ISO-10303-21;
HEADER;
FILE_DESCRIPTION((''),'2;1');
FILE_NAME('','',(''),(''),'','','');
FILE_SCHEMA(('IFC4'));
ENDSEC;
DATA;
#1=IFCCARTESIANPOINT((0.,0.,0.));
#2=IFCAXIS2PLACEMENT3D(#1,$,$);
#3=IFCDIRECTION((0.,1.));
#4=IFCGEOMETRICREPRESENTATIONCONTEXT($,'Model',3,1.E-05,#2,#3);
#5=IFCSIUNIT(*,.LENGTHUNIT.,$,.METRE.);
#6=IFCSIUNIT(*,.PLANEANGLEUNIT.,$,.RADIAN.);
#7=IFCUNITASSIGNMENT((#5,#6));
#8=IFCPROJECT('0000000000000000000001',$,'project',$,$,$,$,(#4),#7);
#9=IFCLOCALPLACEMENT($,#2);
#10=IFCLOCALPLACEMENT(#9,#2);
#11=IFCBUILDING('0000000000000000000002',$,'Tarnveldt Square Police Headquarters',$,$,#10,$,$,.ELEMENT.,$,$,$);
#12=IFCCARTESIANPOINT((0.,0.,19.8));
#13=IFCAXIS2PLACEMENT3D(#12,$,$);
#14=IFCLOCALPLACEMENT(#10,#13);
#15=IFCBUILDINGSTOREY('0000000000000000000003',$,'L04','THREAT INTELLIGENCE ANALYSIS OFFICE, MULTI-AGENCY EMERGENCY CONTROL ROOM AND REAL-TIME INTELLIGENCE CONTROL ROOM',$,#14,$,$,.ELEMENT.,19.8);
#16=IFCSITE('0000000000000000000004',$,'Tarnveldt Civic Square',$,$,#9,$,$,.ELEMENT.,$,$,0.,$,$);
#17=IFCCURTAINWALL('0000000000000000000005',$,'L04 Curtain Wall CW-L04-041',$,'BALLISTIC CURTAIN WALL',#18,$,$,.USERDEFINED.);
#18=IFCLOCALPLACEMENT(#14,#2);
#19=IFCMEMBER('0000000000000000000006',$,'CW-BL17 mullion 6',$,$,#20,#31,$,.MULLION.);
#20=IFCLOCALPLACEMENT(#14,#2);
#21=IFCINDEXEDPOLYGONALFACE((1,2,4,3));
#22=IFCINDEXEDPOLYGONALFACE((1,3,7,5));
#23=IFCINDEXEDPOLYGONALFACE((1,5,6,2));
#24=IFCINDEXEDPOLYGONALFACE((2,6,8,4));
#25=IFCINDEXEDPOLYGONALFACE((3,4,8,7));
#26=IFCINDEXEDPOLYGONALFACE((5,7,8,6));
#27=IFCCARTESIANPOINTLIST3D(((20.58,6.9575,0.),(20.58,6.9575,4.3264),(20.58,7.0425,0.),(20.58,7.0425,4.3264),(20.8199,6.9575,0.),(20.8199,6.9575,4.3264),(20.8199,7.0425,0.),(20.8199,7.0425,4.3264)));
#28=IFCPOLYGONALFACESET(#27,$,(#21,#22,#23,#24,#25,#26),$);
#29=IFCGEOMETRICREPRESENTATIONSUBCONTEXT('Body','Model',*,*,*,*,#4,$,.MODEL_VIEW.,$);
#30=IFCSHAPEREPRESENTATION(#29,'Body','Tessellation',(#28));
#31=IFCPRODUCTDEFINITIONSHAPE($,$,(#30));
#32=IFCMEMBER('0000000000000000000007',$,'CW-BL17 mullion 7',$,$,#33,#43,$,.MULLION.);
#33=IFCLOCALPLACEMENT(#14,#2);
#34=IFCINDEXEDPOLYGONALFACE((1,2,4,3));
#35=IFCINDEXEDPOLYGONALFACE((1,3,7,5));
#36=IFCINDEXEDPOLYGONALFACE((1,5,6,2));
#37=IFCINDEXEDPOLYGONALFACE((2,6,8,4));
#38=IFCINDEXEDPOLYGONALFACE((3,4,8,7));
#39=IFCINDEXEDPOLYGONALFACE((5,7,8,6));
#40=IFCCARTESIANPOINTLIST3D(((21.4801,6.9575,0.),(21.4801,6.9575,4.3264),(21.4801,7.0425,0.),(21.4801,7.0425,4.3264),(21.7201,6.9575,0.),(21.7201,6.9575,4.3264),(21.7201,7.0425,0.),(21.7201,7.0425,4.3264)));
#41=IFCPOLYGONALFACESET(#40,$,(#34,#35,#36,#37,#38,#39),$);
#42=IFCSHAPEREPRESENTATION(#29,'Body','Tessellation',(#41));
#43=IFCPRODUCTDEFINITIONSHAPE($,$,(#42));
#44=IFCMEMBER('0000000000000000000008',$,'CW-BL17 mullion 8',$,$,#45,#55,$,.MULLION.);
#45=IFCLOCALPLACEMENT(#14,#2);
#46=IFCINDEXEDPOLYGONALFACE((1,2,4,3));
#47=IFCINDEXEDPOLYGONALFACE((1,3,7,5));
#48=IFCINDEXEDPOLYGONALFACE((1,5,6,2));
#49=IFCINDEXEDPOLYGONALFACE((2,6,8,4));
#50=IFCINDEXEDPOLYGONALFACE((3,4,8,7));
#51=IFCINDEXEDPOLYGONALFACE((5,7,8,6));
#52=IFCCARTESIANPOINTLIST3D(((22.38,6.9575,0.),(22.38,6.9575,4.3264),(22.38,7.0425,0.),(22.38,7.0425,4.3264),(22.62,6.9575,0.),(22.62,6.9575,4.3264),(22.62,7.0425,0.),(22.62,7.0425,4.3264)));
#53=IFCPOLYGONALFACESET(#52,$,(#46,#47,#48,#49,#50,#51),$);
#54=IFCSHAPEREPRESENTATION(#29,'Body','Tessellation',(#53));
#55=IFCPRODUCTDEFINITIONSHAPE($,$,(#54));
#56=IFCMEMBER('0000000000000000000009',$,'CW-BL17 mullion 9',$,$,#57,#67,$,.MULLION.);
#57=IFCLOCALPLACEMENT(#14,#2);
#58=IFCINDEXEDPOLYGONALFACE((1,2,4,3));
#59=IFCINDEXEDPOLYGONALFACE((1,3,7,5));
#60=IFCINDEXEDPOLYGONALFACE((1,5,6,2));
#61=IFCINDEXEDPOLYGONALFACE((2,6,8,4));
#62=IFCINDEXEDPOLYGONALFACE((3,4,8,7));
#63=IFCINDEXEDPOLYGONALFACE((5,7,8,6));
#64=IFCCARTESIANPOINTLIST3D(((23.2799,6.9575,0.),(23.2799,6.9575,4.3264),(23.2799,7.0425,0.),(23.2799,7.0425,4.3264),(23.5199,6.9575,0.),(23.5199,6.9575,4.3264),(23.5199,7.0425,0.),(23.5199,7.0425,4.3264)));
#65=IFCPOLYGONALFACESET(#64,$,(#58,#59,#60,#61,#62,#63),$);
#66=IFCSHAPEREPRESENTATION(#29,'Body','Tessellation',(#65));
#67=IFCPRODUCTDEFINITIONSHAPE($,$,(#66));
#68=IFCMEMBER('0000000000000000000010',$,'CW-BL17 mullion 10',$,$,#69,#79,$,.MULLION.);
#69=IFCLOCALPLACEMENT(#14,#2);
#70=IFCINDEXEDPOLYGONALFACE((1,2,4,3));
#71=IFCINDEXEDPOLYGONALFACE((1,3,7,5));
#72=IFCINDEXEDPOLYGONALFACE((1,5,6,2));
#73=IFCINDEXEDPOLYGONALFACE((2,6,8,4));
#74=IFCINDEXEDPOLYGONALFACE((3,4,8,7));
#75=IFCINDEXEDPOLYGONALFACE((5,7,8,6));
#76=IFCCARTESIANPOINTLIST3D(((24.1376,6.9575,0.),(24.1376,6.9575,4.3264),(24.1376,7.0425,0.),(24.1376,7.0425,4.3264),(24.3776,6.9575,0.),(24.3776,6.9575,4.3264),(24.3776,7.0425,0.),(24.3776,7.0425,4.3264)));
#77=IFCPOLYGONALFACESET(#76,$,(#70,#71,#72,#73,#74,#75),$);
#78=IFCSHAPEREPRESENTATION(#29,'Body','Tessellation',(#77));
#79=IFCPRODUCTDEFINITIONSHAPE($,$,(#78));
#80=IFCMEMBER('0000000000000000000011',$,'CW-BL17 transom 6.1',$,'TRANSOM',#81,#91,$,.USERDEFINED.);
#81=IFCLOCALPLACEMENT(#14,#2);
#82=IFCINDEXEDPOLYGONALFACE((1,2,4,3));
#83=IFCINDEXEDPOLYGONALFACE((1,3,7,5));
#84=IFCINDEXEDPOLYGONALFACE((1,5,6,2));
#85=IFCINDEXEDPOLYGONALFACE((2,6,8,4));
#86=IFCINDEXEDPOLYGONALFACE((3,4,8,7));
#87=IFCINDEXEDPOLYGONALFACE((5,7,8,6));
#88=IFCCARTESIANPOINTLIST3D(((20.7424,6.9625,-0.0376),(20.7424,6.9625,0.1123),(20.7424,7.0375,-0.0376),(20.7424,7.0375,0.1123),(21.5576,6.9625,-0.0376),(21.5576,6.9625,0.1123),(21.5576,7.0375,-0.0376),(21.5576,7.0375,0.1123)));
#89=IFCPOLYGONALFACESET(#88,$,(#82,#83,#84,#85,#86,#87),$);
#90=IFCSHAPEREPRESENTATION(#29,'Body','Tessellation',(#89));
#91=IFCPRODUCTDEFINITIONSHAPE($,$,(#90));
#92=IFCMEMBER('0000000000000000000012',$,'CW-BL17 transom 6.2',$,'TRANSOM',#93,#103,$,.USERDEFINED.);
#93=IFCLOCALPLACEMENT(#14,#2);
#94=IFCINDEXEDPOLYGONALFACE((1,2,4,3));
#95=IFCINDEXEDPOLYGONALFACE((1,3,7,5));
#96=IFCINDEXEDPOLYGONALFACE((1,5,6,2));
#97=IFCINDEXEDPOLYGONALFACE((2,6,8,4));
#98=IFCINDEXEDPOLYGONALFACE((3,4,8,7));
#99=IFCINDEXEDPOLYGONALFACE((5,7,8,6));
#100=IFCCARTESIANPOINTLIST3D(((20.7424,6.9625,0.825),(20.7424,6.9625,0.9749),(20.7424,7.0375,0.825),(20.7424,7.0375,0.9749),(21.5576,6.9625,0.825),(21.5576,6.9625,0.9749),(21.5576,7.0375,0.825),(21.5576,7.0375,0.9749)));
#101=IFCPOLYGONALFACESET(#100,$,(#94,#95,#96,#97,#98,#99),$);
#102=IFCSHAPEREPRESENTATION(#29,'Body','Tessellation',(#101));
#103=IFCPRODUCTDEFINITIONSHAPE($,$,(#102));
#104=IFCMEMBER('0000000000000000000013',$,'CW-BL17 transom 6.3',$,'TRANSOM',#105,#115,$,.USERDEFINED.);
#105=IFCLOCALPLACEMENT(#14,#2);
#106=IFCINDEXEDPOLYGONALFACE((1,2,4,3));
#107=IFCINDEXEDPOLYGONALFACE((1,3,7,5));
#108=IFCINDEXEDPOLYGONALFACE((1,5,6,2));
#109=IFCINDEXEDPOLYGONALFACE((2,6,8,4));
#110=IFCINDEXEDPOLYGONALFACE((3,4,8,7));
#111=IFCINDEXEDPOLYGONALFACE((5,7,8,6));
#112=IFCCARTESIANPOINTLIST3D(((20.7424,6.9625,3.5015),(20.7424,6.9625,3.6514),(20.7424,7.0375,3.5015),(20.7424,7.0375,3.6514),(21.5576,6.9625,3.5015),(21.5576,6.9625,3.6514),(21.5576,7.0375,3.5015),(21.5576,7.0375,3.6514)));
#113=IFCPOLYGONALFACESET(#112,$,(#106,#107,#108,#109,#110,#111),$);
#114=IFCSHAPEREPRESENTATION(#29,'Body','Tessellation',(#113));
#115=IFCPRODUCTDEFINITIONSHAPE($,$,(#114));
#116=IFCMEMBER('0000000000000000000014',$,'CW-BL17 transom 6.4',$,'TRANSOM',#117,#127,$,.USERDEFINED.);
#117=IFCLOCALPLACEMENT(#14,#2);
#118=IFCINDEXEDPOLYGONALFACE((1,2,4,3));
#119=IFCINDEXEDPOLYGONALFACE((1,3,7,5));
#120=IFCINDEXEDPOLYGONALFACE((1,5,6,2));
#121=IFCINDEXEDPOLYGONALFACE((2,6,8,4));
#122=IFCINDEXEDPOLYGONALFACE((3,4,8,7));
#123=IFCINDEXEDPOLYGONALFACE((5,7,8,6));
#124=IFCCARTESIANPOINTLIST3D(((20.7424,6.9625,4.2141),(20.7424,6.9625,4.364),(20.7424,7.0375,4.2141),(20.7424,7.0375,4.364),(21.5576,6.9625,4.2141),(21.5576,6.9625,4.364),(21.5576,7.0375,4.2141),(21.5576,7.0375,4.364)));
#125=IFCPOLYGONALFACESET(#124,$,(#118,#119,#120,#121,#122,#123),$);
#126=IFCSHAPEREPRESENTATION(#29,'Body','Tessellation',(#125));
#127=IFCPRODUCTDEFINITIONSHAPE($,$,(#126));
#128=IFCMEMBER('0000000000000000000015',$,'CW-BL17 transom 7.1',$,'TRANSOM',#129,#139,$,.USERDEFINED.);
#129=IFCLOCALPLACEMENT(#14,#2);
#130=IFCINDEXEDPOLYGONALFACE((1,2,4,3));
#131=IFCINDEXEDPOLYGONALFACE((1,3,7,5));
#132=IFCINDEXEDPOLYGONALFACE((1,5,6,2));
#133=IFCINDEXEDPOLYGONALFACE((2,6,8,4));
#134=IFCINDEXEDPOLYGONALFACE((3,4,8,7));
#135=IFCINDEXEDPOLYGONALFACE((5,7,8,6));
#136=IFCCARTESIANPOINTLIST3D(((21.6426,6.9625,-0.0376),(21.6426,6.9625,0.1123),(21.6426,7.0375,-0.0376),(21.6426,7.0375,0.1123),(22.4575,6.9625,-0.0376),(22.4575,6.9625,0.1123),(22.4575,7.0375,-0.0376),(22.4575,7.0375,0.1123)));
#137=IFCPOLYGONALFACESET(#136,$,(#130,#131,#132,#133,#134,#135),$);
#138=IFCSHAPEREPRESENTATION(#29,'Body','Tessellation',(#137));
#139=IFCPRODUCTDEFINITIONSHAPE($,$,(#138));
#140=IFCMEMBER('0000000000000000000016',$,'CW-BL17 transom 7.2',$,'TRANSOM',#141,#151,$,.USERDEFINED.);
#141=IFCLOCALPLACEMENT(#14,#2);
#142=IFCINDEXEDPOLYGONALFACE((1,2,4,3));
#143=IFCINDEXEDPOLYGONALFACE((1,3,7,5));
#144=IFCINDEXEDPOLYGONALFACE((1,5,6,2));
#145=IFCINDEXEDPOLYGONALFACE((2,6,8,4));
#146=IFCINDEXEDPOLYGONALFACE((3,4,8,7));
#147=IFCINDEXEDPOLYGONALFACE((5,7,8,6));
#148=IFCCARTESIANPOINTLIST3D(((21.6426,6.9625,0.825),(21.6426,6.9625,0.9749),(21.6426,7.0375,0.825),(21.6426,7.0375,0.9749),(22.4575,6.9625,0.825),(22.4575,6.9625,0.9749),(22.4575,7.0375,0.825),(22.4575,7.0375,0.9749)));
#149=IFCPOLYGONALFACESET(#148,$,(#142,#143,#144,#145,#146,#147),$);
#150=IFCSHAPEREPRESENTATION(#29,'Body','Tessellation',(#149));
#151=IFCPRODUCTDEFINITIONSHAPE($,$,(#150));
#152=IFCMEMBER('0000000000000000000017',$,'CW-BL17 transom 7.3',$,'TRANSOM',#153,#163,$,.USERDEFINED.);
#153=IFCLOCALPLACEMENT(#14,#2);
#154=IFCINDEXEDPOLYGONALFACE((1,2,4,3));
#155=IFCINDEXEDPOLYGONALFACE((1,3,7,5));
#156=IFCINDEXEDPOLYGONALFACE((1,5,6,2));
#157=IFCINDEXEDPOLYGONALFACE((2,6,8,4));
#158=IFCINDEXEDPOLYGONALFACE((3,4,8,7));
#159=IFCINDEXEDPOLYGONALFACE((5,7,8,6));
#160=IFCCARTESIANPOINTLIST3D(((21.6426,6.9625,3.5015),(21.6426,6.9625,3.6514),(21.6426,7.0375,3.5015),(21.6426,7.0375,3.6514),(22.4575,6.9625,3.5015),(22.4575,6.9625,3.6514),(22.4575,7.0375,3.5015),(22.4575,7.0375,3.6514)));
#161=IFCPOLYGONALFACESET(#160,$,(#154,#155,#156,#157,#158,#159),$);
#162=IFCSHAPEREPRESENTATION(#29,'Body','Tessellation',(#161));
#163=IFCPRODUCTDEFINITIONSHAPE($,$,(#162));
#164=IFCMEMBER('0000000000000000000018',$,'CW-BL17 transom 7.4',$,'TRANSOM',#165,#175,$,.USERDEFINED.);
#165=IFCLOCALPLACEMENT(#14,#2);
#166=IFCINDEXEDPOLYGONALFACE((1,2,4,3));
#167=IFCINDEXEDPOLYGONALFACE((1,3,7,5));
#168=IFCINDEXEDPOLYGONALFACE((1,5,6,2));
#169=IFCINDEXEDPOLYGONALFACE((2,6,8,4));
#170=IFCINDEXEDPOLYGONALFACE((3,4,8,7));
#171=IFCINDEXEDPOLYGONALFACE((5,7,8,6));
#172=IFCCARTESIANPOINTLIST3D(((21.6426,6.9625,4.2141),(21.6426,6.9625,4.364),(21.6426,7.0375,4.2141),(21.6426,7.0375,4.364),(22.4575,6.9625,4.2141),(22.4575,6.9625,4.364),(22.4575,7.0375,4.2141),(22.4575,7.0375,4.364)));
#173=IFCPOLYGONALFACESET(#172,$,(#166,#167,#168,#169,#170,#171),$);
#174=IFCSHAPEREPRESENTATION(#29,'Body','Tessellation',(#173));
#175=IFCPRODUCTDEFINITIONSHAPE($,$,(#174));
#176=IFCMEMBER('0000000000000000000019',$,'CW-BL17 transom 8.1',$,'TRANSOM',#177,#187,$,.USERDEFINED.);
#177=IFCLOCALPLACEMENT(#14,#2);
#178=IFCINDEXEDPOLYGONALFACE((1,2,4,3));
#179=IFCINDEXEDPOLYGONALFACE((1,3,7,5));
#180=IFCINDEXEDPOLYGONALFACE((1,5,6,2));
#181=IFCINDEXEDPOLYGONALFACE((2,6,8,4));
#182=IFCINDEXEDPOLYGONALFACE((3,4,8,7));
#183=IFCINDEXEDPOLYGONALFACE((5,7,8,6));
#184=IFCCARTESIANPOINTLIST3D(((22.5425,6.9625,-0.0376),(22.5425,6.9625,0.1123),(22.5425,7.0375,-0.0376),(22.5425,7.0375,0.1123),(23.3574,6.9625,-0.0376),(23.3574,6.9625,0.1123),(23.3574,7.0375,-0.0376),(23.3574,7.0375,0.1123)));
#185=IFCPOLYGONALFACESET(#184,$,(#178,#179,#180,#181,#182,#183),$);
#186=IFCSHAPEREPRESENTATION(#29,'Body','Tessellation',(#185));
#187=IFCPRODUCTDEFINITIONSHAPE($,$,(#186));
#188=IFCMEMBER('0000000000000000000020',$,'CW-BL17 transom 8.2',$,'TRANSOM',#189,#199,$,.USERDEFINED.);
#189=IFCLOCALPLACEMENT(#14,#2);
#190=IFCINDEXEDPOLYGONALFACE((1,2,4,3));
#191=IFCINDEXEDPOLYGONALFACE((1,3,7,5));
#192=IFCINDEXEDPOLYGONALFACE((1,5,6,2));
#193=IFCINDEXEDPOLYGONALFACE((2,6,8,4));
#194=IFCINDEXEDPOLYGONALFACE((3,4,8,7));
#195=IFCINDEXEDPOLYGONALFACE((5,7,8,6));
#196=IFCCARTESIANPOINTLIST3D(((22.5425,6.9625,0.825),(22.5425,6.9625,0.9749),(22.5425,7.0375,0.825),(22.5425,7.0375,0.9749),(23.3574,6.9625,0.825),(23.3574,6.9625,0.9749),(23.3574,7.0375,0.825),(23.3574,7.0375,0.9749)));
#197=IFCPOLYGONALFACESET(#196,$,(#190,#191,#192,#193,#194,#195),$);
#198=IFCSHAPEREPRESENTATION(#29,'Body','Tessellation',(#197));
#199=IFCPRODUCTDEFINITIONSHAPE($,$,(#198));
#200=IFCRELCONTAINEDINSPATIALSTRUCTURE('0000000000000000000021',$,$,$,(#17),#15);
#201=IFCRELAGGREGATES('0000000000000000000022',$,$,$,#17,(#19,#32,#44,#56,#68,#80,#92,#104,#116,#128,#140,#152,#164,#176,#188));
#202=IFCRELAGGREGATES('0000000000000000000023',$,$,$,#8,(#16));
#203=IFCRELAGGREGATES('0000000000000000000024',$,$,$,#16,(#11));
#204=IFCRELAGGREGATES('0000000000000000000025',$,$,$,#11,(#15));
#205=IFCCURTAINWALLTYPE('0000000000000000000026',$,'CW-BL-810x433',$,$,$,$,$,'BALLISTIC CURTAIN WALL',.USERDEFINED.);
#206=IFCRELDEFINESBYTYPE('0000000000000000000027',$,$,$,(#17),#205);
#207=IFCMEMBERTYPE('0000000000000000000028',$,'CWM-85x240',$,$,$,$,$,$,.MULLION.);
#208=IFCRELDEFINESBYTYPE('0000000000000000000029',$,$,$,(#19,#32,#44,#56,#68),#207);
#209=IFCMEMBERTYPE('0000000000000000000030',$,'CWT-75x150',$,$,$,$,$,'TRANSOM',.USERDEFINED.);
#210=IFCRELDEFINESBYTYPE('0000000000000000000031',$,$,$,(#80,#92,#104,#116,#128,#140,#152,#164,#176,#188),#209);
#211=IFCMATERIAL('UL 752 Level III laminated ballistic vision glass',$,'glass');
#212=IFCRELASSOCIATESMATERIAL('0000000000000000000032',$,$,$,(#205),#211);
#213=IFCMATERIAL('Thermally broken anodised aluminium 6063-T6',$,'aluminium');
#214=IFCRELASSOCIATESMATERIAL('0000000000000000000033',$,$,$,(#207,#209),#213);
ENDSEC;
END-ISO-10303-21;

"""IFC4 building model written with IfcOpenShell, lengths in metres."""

from ifc_helpers import new_model, si_unit, direction, frame, origin, origin_2d, place, context, subcontext, project, spatial, rectangle, extrude, material, material_profile, profile_set, type_object, element, aggregate, save


model = new_model("IFC4")

# Units and contexts
model_context = context("Model", 3, precision=1e-05, world=origin(), true_north=direction((0.0, 1.0)))
body_context = subcontext(model_context, "Body", "Model", "MODEL_VIEW")
ifc_project = project(units=[si_unit("LENGTHUNIT", "METRE"), si_unit("PLANEANGLEUNIT", "RADIAN")], contexts=[model_context])

# Site, building, storey
site_placement = place(None, origin())
site = spatial("IfcSite", under=ifc_project, at=site_placement, Name="Tarnveldt Civic Square", CompositionType="ELEMENT", RefElevation=0.0)
building_placement = place(site_placement, origin())
building = spatial("IfcBuilding", under=site, at=building_placement, Name="Tarnveldt Square Police Headquarters", CompositionType="ELEMENT")
storey_placement = place(building_placement, frame((0.0, 0.0, 19.8)))
storey = spatial("IfcBuildingStorey", under=building, at=storey_placement, Name="L04", Description="THREAT INTELLIGENCE ANALYSIS OFFICE, MULTI-AGENCY EMERGENCY CONTROL ROOM AND REAL-TIME INTELLIGENCE CONTROL ROOM", CompositionType="ELEMENT", Elevation=19.8)

# Curtain wall, members
ifc_material_1 = material(Name="UL 752 Level III laminated ballistic vision glass", Category="glass")
curtain_wall_type = type_object("IfcCurtainWallType", Name="CW-BL-810x433", ElementType="BALLISTIC CURTAIN WALL", PredefinedType="USERDEFINED", material=ifc_material_1)
curtain_wall_placement = place(storey_placement, origin())
curtain_wall = element("IfcCurtainWall", 1, at=curtain_wall_placement, inside=storey, type_object=curtain_wall_type, Name="L04 Curtain Wall CW-L04-041", ObjectType="BALLISTIC CURTAIN WALL", PredefinedType="USERDEFINED")
ifc_material_2 = material(Name="Thermally broken anodised aluminium 6063-T6", Category="aluminium")
ifc_material_profile_1 = material_profile(ifc_material_2, rectangle(XDim=0.085, YDim=0.24, at=origin_2d()), Name="CW-M85x240")
ifc_profile_set_1 = profile_set([ifc_material_profile_1], Name="Thermally broken anodised aluminium 6063-T6")
member_type_1 = type_object("IfcMemberType", Name="CWM-85x240", PredefinedType="MULLION", material=ifc_profile_set_1)
member_1_placement = place(storey_placement, frame((20.7, 7.0, 0.0), z_axis=(0.0, 0.0, 1.0), x_axis=(0.0, 1.0, 0.0)))
member_1 = element("IfcMember", 2, at=member_1_placement, type_object=member_type_1, Name="CW-BL17 mullion 6", PredefinedType="MULLION", context=body_context, shape_type="SweptSolid", body=[
    extrude(rectangle(XDim=0.085, YDim=0.24, at=origin_2d()), origin(), (0.0, 0.0, 1.0), 4.3264),
])
member_2_placement = place(storey_placement, frame((21.6001, 7.0, 0.0), z_axis=(0.0, 0.0, 1.0), x_axis=(0.0, 1.0, 0.0)))
member_2 = element("IfcMember", 3, at=member_2_placement, type_object=member_type_1, Name="CW-BL17 mullion 7", PredefinedType="MULLION", context=body_context, shape_type="SweptSolid", body=[
    extrude(rectangle(XDim=0.085, YDim=0.24, at=origin_2d()), origin(), (0.0, 0.0, 1.0), 4.3264),
])
member_3_placement = place(storey_placement, frame((22.5, 7.0, 0.0), z_axis=(0.0, 0.0, 1.0), x_axis=(0.0, 1.0, 0.0)))
member_3 = element("IfcMember", 4, at=member_3_placement, type_object=member_type_1, Name="CW-BL17 mullion 8", PredefinedType="MULLION", context=body_context, shape_type="SweptSolid", body=[
    extrude(rectangle(XDim=0.085, YDim=0.24, at=origin_2d()), origin(), (0.0, 0.0, 1.0), 4.3264),
])
member_4_placement = place(storey_placement, frame((23.3999, 7.0, 0.0), z_axis=(0.0, 0.0, 1.0), x_axis=(0.0, 1.0, 0.0)))
member_4 = element("IfcMember", 5, at=member_4_placement, type_object=member_type_1, Name="CW-BL17 mullion 9", PredefinedType="MULLION", context=body_context, shape_type="SweptSolid", body=[
    extrude(rectangle(XDim=0.085, YDim=0.24, at=origin_2d()), origin(), (0.0, 0.0, 1.0), 4.3264),
])
member_5_placement = place(storey_placement, frame((24.2576, 7.0, 0.0), z_axis=(0.0, 0.0, 1.0), x_axis=(0.0, 1.0, 0.0)))
member_5 = element("IfcMember", 6, at=member_5_placement, type_object=member_type_1, Name="CW-BL17 mullion 10", PredefinedType="MULLION", context=body_context, shape_type="SweptSolid", body=[
    extrude(rectangle(XDim=0.085, YDim=0.24, at=origin_2d()), origin(), (0.0, 0.0, 1.0), 4.3264),
])
ifc_material_profile_2 = material_profile(ifc_material_2, rectangle(XDim=0.075, YDim=0.1499, at=origin_2d()), Name="CW-T75x150")
ifc_profile_set_2 = profile_set([ifc_material_profile_2], Name="Thermally broken anodised aluminium 6063-T6")
member_type_2 = type_object("IfcMemberType", Name="CWT-75x150", ElementType="TRANSOM", PredefinedType="USERDEFINED", material=ifc_profile_set_2)
member_6_placement = place(storey_placement, frame((20.7424, 7.0, 0.0374), z_axis=(1.0, 0.0, 0.0), x_axis=(0.0, 1.0, 0.0)))
member_6 = element("IfcMember", 7, at=member_6_placement, type_object=member_type_2, Name="CW-BL17 transom 6.1", ObjectType="TRANSOM", PredefinedType="USERDEFINED", context=body_context, shape_type="SweptSolid", body=[
    extrude(rectangle(XDim=0.075, YDim=0.1499, at=origin_2d()), origin(), (0.0, 0.0, 1.0), 0.8152),
])
member_7_placement = place(storey_placement, frame((20.7424, 7.0, 0.8999), z_axis=(1.0, 0.0, 0.0), x_axis=(0.0, 1.0, 0.0)))
member_7 = element("IfcMember", 8, at=member_7_placement, type_object=member_type_2, Name="CW-BL17 transom 6.2", ObjectType="TRANSOM", PredefinedType="USERDEFINED", context=body_context, shape_type="SweptSolid", body=[
    extrude(rectangle(XDim=0.075, YDim=0.1499, at=origin_2d()), origin(), (0.0, 0.0, 1.0), 0.8152),
])
member_8_placement = place(storey_placement, frame((20.7424, 7.0, 3.5764), z_axis=(1.0, 0.0, 0.0), x_axis=(0.0, 1.0, 0.0)))
member_8 = element("IfcMember", 9, at=member_8_placement, type_object=member_type_2, Name="CW-BL17 transom 6.3", ObjectType="TRANSOM", PredefinedType="USERDEFINED", context=body_context, shape_type="SweptSolid", body=[
    extrude(rectangle(XDim=0.075, YDim=0.1499, at=origin_2d()), origin(), (0.0, 0.0, 1.0), 0.8152),
])
member_9_placement = place(storey_placement, frame((20.7424, 7.0, 4.2891), z_axis=(1.0, 0.0, 0.0), x_axis=(0.0, 1.0, 0.0)))
member_9 = element("IfcMember", 10, at=member_9_placement, type_object=member_type_2, Name="CW-BL17 transom 6.4", ObjectType="TRANSOM", PredefinedType="USERDEFINED", context=body_context, shape_type="SweptSolid", body=[
    extrude(rectangle(XDim=0.075, YDim=0.1499, at=origin_2d()), origin(), (0.0, 0.0, 1.0), 0.8152),
])
member_10_placement = place(storey_placement, frame((21.6426, 7.0, 0.0374), z_axis=(1.0, 0.0, 0.0), x_axis=(0.0, 1.0, 0.0)))
member_10 = element("IfcMember", 11, at=member_10_placement, type_object=member_type_2, Name="CW-BL17 transom 7.1", ObjectType="TRANSOM", PredefinedType="USERDEFINED", context=body_context, shape_type="SweptSolid", body=[
    extrude(rectangle(XDim=0.075, YDim=0.1499, at=origin_2d()), origin(), (0.0, 0.0, 1.0), 0.8149),
])
member_11_placement = place(storey_placement, frame((21.6426, 7.0, 0.8999), z_axis=(1.0, 0.0, 0.0), x_axis=(0.0, 1.0, 0.0)))
member_11 = element("IfcMember", 12, at=member_11_placement, type_object=member_type_2, Name="CW-BL17 transom 7.2", ObjectType="TRANSOM", PredefinedType="USERDEFINED", context=body_context, shape_type="SweptSolid", body=[
    extrude(rectangle(XDim=0.075, YDim=0.1499, at=origin_2d()), origin(), (0.0, 0.0, 1.0), 0.8149),
])
member_12_placement = place(storey_placement, frame((21.6426, 7.0, 3.5764), z_axis=(1.0, 0.0, 0.0), x_axis=(0.0, 1.0, 0.0)))
member_12 = element("IfcMember", 13, at=member_12_placement, type_object=member_type_2, Name="CW-BL17 transom 7.3", ObjectType="TRANSOM", PredefinedType="USERDEFINED", context=body_context, shape_type="SweptSolid", body=[
    extrude(rectangle(XDim=0.075, YDim=0.1499, at=origin_2d()), origin(), (0.0, 0.0, 1.0), 0.8149),
])
member_13_placement = place(storey_placement, frame((21.6426, 7.0, 4.2891), z_axis=(1.0, 0.0, 0.0), x_axis=(0.0, 1.0, 0.0)))
member_13 = element("IfcMember", 14, at=member_13_placement, type_object=member_type_2, Name="CW-BL17 transom 7.4", ObjectType="TRANSOM", PredefinedType="USERDEFINED", context=body_context, shape_type="SweptSolid", body=[
    extrude(rectangle(XDim=0.075, YDim=0.1499, at=origin_2d()), origin(), (0.0, 0.0, 1.0), 0.8149),
])
member_14_placement = place(storey_placement, frame((22.5425, 7.0, 0.0374), z_axis=(1.0, 0.0, 0.0), x_axis=(0.0, 1.0, 0.0)))
member_14 = element("IfcMember", 15, at=member_14_placement, type_object=member_type_2, Name="CW-BL17 transom 8.1", ObjectType="TRANSOM", PredefinedType="USERDEFINED", context=body_context, shape_type="SweptSolid", body=[
    extrude(rectangle(XDim=0.075, YDim=0.1499, at=origin_2d()), origin(), (0.0, 0.0, 1.0), 0.8149),
])
member_15_placement = place(storey_placement, frame((22.5425, 7.0, 0.8999), z_axis=(1.0, 0.0, 0.0), x_axis=(0.0, 1.0, 0.0)))
member_15 = element("IfcMember", 16, at=member_15_placement, type_object=member_type_2, Name="CW-BL17 transom 8.2", ObjectType="TRANSOM", PredefinedType="USERDEFINED", context=body_context, shape_type="SweptSolid", body=[
    extrude(rectangle(XDim=0.075, YDim=0.1499, at=origin_2d()), origin(), (0.0, 0.0, 1.0), 0.8149),
])

aggregate(curtain_wall, [member_1, member_2, member_3, member_4, member_5, member_6, member_7, member_8, member_9, member_10, member_11, member_12, member_13, member_14, member_15])

save(model, "model.ifc")
